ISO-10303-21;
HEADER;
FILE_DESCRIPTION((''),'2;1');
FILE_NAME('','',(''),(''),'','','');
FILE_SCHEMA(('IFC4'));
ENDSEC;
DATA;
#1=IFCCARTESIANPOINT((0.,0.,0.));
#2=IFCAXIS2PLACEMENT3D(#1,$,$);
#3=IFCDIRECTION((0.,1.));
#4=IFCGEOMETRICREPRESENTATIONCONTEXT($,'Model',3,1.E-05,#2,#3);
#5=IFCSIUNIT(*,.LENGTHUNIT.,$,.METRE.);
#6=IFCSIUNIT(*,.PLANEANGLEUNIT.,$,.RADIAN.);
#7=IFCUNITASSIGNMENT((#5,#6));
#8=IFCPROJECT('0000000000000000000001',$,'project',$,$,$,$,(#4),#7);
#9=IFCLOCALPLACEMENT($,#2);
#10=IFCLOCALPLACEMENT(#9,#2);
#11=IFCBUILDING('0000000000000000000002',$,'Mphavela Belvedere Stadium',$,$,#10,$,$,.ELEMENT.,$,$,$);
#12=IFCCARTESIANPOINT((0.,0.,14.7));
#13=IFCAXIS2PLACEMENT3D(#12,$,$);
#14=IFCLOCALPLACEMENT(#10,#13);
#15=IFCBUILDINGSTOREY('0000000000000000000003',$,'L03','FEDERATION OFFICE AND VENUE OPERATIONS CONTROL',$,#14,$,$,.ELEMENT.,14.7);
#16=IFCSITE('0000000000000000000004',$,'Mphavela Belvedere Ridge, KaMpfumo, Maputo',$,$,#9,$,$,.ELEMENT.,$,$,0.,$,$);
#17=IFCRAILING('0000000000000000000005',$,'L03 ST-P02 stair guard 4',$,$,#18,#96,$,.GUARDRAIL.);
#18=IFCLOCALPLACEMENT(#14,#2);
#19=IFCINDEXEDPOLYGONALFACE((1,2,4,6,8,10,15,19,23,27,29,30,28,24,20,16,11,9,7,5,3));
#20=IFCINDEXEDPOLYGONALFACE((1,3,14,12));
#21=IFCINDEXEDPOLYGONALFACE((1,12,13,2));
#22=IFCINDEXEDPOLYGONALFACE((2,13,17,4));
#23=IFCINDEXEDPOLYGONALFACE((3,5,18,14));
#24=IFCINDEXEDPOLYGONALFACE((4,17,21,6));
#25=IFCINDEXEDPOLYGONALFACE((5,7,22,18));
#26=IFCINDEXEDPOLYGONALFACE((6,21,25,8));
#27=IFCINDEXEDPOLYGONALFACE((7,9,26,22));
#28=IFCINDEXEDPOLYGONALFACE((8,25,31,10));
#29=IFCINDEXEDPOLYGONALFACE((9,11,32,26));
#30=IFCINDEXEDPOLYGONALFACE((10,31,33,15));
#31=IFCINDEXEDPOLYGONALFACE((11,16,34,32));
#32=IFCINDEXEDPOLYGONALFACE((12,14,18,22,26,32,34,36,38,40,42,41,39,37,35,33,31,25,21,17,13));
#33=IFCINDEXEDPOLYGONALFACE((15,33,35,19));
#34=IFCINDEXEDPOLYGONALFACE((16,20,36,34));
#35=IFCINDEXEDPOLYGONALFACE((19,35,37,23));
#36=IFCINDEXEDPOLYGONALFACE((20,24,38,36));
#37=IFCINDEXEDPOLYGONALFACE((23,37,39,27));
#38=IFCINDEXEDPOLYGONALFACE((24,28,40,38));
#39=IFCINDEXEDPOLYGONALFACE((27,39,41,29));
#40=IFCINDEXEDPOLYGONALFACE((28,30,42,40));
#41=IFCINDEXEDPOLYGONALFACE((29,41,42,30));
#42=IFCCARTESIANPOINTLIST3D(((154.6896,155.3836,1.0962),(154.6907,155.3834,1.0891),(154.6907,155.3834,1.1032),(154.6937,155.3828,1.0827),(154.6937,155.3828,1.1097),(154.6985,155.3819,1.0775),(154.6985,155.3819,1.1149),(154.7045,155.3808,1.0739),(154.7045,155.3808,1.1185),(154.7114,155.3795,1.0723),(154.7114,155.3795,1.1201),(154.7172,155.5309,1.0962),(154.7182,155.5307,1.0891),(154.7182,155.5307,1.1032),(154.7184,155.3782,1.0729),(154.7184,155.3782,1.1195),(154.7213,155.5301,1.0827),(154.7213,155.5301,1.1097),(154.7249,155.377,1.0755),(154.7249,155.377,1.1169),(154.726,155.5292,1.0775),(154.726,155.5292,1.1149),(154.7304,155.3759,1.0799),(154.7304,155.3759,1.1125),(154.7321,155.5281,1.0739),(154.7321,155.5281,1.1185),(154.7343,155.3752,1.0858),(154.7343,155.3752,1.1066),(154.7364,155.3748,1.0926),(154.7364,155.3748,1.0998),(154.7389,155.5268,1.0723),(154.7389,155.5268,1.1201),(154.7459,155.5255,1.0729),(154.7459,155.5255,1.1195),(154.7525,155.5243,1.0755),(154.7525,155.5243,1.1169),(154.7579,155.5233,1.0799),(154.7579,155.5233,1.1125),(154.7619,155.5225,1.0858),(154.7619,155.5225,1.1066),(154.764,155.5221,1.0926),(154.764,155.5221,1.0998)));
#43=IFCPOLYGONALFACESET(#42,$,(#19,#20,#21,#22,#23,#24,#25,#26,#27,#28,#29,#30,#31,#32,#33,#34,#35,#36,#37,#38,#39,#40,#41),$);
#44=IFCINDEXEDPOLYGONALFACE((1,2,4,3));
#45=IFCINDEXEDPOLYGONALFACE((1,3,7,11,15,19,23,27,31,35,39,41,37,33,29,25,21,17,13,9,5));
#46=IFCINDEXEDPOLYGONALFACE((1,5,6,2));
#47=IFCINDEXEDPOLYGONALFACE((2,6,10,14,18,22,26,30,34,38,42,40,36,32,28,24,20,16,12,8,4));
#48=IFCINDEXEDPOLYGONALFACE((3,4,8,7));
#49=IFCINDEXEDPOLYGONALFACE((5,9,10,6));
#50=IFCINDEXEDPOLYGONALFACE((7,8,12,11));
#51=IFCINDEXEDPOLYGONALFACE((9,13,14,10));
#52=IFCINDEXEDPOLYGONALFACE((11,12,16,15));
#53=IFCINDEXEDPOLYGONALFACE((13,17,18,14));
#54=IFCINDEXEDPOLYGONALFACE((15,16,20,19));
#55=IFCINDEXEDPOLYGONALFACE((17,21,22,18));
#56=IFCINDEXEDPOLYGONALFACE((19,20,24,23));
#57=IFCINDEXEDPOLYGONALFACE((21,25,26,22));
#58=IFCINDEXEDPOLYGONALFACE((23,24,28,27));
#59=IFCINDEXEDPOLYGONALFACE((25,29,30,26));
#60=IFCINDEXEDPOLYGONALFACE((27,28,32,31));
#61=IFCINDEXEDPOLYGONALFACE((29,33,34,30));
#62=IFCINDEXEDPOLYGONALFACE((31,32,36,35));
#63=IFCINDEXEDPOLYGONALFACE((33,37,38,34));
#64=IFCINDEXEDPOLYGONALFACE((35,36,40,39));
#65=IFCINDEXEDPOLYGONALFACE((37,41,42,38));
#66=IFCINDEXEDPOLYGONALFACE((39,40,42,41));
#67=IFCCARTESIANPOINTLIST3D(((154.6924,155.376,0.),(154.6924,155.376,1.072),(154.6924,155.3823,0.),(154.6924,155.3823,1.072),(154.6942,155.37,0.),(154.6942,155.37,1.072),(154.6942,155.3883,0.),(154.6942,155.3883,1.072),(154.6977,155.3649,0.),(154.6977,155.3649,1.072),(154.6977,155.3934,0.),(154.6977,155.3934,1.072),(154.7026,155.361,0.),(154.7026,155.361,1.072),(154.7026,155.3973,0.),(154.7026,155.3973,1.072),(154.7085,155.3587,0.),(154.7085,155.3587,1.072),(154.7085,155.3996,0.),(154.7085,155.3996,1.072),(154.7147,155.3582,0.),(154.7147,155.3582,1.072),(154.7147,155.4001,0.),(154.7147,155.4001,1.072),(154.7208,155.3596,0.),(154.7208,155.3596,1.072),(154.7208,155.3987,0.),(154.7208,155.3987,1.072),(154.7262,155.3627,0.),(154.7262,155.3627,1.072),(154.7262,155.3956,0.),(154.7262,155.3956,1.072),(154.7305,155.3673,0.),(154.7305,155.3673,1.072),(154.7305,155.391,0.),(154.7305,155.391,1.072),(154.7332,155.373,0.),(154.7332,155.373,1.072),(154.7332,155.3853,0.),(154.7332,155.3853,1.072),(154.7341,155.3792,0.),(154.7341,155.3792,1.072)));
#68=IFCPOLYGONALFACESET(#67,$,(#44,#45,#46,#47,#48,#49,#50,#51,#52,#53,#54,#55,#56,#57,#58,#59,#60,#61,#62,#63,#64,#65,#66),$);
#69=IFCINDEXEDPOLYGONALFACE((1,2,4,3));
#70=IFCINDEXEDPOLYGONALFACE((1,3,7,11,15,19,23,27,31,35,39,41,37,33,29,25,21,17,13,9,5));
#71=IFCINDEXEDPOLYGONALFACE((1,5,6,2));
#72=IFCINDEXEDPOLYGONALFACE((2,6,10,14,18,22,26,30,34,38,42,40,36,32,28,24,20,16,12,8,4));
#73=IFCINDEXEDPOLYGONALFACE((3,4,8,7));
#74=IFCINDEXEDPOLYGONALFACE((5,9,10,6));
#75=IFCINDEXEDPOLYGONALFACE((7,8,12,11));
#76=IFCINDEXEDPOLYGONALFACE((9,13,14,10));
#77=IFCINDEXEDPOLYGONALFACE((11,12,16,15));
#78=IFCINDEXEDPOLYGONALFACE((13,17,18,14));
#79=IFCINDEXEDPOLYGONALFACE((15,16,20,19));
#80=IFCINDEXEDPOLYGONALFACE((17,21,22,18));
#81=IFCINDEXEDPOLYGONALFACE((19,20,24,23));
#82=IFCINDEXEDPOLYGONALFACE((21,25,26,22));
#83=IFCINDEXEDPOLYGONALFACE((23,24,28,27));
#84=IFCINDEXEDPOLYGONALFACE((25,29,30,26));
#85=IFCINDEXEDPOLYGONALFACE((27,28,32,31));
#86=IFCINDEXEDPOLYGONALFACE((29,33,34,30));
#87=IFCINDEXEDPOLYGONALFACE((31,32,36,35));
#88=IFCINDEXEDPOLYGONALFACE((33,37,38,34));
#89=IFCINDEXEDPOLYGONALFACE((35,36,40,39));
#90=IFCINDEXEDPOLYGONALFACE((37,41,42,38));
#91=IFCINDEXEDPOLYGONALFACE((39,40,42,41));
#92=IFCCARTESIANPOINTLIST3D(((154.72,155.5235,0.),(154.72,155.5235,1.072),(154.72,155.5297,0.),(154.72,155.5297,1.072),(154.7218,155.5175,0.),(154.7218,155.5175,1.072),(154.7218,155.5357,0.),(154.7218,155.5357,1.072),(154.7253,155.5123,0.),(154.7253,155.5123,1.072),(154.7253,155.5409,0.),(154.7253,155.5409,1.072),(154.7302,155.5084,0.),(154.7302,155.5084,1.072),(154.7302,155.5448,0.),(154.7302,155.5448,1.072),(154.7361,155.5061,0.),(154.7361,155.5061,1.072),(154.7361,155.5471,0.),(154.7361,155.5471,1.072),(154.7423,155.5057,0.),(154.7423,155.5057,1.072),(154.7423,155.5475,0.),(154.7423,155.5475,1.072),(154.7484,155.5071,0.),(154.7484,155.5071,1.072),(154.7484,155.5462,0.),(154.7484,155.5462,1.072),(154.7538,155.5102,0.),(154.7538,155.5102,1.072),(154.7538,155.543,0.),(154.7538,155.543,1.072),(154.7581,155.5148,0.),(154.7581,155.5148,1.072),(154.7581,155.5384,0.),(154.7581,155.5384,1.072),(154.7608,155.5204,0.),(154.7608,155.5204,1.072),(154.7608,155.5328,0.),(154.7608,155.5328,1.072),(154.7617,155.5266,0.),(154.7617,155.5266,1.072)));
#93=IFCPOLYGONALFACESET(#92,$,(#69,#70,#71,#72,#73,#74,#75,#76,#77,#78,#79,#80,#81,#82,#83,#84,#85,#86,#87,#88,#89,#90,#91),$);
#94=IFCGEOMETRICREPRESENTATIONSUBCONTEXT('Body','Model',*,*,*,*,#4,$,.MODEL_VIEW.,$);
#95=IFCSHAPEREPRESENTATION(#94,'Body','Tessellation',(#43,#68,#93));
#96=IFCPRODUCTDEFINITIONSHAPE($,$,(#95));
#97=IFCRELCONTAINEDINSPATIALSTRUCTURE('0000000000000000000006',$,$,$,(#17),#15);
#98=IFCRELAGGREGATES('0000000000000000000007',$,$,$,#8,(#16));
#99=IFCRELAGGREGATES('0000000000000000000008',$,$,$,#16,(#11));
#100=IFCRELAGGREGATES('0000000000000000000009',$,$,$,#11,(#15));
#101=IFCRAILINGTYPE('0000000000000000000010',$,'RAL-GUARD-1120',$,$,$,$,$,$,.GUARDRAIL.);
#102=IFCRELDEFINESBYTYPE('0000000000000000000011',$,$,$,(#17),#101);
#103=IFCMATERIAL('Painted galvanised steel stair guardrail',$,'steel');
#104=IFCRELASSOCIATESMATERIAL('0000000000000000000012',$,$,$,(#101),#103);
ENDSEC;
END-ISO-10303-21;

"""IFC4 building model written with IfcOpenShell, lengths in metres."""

from ifc_helpers import new_model, si_unit, direction, frame, origin, origin_2d, place, context, subcontext, project, spatial, circle, extrude, material, type_object, element, save


model = new_model("IFC4")

# Units and contexts
model_context = context("Model", 3, precision=1e-05, world=origin(), true_north=direction((0.0, 1.0)))
body_context = subcontext(model_context, "Body", "Model", "MODEL_VIEW")
ifc_project = project(units=[si_unit("LENGTHUNIT", "METRE"), si_unit("PLANEANGLEUNIT", "RADIAN")], contexts=[model_context])

# Site, building, storey
site_placement = place(None, origin())
site = spatial("IfcSite", under=ifc_project, at=site_placement, Name="Mphavela Belvedere Ridge, KaMpfumo, Maputo", CompositionType="ELEMENT", RefElevation=0.0)
building_placement = place(site_placement, origin())
building = spatial("IfcBuilding", under=site, at=building_placement, Name="Mphavela Belvedere Stadium", CompositionType="ELEMENT")
storey_placement = place(building_placement, frame((0.0, 0.0, 14.7)))
storey = spatial("IfcBuildingStorey", under=building, at=storey_placement, Name="L03", Description="FEDERATION OFFICE AND VENUE OPERATIONS CONTROL", CompositionType="ELEMENT", Elevation=14.7)

# Railing
ifc_material_1 = material(Name="Painted galvanised steel stair guardrail", Category="steel")
railing_type_1 = type_object("IfcRailingType", Name="RAL-GUARD-1120", PredefinedType="GUARDRAIL", material=ifc_material_1)
railing_1_placement = place(storey_placement, frame((154.7131, 155.3792, 0.0)))
element("IfcRailing", 1, at=railing_1_placement, inside=storey, type_object=railing_type_1, Name="L03 ST-P02 stair guard 4", PredefinedType="GUARDRAIL", context=body_context, shape_type="SweptSolid", body=[
    extrude(circle(Radius=0.0239, at=origin_2d()), frame((0.0, 0.0, 1.0962), z_axis=(0.183895, 0.982946, 0.0), x_axis=(-0.982946, 0.183895, 0.0)), (0.0, 0.0, 1.0), 0.1499),
    extrude(circle(Radius=0.021, at=origin_2d()), origin(), (0.0, 0.0, 1.0), 1.072),
    extrude(circle(Radius=0.021, at=origin_2d()), frame((0.0276, 0.1475, 0.0)), (0.0, 0.0, 1.0), 1.072),
])

save(model, "model.ifc")
